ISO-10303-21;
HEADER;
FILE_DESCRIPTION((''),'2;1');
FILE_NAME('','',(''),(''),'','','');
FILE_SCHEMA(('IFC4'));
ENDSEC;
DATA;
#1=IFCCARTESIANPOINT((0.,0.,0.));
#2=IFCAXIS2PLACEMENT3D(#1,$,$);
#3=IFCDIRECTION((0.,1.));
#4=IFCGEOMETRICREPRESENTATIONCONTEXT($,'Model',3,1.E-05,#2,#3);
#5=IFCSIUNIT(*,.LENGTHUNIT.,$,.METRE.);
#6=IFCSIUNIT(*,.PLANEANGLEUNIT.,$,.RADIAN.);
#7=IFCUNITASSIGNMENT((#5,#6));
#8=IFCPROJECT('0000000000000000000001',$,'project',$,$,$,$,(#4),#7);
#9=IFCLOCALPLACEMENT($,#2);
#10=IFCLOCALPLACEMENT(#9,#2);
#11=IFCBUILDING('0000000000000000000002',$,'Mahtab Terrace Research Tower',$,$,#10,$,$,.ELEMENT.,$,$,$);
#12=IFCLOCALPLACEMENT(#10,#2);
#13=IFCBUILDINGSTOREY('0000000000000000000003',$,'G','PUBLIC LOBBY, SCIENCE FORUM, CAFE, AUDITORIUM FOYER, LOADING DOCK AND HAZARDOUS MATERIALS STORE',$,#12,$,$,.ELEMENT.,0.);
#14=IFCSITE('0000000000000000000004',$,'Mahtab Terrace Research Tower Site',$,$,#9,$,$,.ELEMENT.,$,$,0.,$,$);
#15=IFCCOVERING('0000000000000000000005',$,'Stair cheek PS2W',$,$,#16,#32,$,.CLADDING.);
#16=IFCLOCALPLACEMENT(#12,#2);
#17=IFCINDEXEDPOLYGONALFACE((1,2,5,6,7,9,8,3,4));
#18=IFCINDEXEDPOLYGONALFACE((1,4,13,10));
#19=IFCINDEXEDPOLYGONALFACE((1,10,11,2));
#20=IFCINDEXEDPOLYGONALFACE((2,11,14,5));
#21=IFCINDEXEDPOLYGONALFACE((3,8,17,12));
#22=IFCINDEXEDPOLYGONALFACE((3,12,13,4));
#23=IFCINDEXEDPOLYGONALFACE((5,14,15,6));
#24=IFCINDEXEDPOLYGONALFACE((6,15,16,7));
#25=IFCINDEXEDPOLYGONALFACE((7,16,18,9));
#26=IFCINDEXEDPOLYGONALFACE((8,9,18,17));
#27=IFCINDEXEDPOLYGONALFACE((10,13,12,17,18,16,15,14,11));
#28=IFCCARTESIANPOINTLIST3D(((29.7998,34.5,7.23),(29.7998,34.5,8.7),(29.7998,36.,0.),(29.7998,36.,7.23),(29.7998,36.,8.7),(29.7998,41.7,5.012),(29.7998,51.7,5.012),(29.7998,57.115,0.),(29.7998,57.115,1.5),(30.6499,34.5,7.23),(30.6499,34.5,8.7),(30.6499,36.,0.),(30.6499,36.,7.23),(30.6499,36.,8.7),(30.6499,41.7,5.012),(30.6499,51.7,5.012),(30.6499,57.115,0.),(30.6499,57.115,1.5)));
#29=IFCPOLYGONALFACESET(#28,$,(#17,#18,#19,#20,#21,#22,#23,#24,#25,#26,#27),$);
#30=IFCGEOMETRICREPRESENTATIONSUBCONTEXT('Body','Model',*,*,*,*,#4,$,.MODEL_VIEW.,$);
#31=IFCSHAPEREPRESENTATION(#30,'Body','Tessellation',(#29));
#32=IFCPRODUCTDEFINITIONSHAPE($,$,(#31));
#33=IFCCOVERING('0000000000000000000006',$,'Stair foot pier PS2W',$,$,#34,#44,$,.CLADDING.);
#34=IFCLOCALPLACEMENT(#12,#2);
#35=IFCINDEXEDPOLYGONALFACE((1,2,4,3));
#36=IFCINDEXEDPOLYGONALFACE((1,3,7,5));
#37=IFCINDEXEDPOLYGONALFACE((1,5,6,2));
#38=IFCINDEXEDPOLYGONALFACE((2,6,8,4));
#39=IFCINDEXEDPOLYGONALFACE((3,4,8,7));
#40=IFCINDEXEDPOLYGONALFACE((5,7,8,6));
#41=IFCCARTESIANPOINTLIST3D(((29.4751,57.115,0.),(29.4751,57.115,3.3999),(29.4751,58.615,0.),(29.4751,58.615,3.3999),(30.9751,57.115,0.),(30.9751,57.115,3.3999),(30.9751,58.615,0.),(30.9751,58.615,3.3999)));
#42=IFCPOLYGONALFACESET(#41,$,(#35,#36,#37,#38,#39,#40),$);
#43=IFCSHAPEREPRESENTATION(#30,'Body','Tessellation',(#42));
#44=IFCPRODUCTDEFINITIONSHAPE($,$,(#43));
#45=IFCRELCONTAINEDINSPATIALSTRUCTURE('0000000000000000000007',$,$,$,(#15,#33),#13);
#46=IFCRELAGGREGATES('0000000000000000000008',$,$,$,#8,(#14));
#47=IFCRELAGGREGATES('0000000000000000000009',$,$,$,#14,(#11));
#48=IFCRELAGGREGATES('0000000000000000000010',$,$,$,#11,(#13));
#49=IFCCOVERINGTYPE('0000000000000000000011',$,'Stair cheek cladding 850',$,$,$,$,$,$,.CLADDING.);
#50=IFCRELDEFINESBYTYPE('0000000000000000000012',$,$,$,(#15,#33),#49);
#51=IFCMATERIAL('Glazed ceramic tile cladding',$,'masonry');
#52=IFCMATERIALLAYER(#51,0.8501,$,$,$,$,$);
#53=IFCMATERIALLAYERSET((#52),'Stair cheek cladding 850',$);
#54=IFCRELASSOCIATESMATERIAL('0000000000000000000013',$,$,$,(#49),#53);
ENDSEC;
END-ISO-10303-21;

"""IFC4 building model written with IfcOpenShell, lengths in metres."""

from ifc_helpers import new_model, si_unit, direction, frame, origin, origin_2d, place, context, subcontext, project, spatial, polyline, rectangle, outline, extrude, material, layer, layer_set, type_object, element, save


model = new_model("IFC4")

# Units and contexts
model_context = context("Model", 3, precision=1e-05, world=origin(), true_north=direction((0.0, 1.0)))
body_context = subcontext(model_context, "Body", "Model", "MODEL_VIEW")
ifc_project = project(units=[si_unit("LENGTHUNIT", "METRE"), si_unit("PLANEANGLEUNIT", "RADIAN")], contexts=[model_context])

# Site, building, storey
site_placement = place(None, origin())
site = spatial("IfcSite", under=ifc_project, at=site_placement, Name="Mahtab Terrace Research Tower Site", CompositionType="ELEMENT", RefElevation=0.0)
building_placement = place(site_placement, origin())
building = spatial("IfcBuilding", under=site, at=building_placement, Name="Mahtab Terrace Research Tower", CompositionType="ELEMENT")
storey_placement = place(building_placement, origin())
storey = spatial("IfcBuildingStorey", under=building, at=storey_placement, Name="G", Description="PUBLIC LOBBY, SCIENCE FORUM, CAFE, AUDITORIUM FOYER, LOADING DOCK AND HAZARDOUS MATERIALS STORE", CompositionType="ELEMENT", Elevation=0.0)

# Coverings
ifc_material_1 = material(Name="Glazed ceramic tile cladding", Category="masonry")
ifc_layer_1 = layer(ifc_material_1, 0.8501)
ifc_layer_set_1 = layer_set([ifc_layer_1], Name="Stair cheek cladding 850")
covering_type_1 = type_object("IfcCoveringType", Name="Stair cheek cladding 850", PredefinedType="CLADDING", material=ifc_layer_set_1)
covering_1_placement = place(storey_placement, frame((30.6499, 57.115, 0.0), z_axis=(1.0, 0.0, 0.0), x_axis=(0.0, 0.0, 1.0)))
element("IfcCovering", 1, at=covering_1_placement, inside=storey, type_object=covering_type_1, Name="Stair cheek PS2W", PredefinedType="CLADDING", context=body_context, shape_type="SweptSolid", body=[
    extrude(outline(polyline([(0.0, 0.0), (1.5, 0.0), (5.012, 5.415), (5.012, 15.415), (8.7, 21.115), (8.7, 22.615), (7.23, 22.615), (7.23, 21.115), (0.0, 21.115), (0.0, 0.0)])), origin(), (0.0, 0.0, -1.0), 0.8501),
])
covering_2_placement = place(storey_placement, frame((30.2251, 57.865, 0.0), z_axis=(0.0, 0.0, 1.0), x_axis=(1.0, 0.0, 0.0)))
element("IfcCovering", 2, at=covering_2_placement, inside=storey, type_object=covering_type_1, Name="Stair foot pier PS2W", PredefinedType="CLADDING", context=body_context, shape_type="SweptSolid", body=[
    extrude(rectangle(XDim=1.5, YDim=1.5, at=origin_2d()), origin(), (0.0, 0.0, 1.0), 3.3999),
])

save(model, "model.ifc")
